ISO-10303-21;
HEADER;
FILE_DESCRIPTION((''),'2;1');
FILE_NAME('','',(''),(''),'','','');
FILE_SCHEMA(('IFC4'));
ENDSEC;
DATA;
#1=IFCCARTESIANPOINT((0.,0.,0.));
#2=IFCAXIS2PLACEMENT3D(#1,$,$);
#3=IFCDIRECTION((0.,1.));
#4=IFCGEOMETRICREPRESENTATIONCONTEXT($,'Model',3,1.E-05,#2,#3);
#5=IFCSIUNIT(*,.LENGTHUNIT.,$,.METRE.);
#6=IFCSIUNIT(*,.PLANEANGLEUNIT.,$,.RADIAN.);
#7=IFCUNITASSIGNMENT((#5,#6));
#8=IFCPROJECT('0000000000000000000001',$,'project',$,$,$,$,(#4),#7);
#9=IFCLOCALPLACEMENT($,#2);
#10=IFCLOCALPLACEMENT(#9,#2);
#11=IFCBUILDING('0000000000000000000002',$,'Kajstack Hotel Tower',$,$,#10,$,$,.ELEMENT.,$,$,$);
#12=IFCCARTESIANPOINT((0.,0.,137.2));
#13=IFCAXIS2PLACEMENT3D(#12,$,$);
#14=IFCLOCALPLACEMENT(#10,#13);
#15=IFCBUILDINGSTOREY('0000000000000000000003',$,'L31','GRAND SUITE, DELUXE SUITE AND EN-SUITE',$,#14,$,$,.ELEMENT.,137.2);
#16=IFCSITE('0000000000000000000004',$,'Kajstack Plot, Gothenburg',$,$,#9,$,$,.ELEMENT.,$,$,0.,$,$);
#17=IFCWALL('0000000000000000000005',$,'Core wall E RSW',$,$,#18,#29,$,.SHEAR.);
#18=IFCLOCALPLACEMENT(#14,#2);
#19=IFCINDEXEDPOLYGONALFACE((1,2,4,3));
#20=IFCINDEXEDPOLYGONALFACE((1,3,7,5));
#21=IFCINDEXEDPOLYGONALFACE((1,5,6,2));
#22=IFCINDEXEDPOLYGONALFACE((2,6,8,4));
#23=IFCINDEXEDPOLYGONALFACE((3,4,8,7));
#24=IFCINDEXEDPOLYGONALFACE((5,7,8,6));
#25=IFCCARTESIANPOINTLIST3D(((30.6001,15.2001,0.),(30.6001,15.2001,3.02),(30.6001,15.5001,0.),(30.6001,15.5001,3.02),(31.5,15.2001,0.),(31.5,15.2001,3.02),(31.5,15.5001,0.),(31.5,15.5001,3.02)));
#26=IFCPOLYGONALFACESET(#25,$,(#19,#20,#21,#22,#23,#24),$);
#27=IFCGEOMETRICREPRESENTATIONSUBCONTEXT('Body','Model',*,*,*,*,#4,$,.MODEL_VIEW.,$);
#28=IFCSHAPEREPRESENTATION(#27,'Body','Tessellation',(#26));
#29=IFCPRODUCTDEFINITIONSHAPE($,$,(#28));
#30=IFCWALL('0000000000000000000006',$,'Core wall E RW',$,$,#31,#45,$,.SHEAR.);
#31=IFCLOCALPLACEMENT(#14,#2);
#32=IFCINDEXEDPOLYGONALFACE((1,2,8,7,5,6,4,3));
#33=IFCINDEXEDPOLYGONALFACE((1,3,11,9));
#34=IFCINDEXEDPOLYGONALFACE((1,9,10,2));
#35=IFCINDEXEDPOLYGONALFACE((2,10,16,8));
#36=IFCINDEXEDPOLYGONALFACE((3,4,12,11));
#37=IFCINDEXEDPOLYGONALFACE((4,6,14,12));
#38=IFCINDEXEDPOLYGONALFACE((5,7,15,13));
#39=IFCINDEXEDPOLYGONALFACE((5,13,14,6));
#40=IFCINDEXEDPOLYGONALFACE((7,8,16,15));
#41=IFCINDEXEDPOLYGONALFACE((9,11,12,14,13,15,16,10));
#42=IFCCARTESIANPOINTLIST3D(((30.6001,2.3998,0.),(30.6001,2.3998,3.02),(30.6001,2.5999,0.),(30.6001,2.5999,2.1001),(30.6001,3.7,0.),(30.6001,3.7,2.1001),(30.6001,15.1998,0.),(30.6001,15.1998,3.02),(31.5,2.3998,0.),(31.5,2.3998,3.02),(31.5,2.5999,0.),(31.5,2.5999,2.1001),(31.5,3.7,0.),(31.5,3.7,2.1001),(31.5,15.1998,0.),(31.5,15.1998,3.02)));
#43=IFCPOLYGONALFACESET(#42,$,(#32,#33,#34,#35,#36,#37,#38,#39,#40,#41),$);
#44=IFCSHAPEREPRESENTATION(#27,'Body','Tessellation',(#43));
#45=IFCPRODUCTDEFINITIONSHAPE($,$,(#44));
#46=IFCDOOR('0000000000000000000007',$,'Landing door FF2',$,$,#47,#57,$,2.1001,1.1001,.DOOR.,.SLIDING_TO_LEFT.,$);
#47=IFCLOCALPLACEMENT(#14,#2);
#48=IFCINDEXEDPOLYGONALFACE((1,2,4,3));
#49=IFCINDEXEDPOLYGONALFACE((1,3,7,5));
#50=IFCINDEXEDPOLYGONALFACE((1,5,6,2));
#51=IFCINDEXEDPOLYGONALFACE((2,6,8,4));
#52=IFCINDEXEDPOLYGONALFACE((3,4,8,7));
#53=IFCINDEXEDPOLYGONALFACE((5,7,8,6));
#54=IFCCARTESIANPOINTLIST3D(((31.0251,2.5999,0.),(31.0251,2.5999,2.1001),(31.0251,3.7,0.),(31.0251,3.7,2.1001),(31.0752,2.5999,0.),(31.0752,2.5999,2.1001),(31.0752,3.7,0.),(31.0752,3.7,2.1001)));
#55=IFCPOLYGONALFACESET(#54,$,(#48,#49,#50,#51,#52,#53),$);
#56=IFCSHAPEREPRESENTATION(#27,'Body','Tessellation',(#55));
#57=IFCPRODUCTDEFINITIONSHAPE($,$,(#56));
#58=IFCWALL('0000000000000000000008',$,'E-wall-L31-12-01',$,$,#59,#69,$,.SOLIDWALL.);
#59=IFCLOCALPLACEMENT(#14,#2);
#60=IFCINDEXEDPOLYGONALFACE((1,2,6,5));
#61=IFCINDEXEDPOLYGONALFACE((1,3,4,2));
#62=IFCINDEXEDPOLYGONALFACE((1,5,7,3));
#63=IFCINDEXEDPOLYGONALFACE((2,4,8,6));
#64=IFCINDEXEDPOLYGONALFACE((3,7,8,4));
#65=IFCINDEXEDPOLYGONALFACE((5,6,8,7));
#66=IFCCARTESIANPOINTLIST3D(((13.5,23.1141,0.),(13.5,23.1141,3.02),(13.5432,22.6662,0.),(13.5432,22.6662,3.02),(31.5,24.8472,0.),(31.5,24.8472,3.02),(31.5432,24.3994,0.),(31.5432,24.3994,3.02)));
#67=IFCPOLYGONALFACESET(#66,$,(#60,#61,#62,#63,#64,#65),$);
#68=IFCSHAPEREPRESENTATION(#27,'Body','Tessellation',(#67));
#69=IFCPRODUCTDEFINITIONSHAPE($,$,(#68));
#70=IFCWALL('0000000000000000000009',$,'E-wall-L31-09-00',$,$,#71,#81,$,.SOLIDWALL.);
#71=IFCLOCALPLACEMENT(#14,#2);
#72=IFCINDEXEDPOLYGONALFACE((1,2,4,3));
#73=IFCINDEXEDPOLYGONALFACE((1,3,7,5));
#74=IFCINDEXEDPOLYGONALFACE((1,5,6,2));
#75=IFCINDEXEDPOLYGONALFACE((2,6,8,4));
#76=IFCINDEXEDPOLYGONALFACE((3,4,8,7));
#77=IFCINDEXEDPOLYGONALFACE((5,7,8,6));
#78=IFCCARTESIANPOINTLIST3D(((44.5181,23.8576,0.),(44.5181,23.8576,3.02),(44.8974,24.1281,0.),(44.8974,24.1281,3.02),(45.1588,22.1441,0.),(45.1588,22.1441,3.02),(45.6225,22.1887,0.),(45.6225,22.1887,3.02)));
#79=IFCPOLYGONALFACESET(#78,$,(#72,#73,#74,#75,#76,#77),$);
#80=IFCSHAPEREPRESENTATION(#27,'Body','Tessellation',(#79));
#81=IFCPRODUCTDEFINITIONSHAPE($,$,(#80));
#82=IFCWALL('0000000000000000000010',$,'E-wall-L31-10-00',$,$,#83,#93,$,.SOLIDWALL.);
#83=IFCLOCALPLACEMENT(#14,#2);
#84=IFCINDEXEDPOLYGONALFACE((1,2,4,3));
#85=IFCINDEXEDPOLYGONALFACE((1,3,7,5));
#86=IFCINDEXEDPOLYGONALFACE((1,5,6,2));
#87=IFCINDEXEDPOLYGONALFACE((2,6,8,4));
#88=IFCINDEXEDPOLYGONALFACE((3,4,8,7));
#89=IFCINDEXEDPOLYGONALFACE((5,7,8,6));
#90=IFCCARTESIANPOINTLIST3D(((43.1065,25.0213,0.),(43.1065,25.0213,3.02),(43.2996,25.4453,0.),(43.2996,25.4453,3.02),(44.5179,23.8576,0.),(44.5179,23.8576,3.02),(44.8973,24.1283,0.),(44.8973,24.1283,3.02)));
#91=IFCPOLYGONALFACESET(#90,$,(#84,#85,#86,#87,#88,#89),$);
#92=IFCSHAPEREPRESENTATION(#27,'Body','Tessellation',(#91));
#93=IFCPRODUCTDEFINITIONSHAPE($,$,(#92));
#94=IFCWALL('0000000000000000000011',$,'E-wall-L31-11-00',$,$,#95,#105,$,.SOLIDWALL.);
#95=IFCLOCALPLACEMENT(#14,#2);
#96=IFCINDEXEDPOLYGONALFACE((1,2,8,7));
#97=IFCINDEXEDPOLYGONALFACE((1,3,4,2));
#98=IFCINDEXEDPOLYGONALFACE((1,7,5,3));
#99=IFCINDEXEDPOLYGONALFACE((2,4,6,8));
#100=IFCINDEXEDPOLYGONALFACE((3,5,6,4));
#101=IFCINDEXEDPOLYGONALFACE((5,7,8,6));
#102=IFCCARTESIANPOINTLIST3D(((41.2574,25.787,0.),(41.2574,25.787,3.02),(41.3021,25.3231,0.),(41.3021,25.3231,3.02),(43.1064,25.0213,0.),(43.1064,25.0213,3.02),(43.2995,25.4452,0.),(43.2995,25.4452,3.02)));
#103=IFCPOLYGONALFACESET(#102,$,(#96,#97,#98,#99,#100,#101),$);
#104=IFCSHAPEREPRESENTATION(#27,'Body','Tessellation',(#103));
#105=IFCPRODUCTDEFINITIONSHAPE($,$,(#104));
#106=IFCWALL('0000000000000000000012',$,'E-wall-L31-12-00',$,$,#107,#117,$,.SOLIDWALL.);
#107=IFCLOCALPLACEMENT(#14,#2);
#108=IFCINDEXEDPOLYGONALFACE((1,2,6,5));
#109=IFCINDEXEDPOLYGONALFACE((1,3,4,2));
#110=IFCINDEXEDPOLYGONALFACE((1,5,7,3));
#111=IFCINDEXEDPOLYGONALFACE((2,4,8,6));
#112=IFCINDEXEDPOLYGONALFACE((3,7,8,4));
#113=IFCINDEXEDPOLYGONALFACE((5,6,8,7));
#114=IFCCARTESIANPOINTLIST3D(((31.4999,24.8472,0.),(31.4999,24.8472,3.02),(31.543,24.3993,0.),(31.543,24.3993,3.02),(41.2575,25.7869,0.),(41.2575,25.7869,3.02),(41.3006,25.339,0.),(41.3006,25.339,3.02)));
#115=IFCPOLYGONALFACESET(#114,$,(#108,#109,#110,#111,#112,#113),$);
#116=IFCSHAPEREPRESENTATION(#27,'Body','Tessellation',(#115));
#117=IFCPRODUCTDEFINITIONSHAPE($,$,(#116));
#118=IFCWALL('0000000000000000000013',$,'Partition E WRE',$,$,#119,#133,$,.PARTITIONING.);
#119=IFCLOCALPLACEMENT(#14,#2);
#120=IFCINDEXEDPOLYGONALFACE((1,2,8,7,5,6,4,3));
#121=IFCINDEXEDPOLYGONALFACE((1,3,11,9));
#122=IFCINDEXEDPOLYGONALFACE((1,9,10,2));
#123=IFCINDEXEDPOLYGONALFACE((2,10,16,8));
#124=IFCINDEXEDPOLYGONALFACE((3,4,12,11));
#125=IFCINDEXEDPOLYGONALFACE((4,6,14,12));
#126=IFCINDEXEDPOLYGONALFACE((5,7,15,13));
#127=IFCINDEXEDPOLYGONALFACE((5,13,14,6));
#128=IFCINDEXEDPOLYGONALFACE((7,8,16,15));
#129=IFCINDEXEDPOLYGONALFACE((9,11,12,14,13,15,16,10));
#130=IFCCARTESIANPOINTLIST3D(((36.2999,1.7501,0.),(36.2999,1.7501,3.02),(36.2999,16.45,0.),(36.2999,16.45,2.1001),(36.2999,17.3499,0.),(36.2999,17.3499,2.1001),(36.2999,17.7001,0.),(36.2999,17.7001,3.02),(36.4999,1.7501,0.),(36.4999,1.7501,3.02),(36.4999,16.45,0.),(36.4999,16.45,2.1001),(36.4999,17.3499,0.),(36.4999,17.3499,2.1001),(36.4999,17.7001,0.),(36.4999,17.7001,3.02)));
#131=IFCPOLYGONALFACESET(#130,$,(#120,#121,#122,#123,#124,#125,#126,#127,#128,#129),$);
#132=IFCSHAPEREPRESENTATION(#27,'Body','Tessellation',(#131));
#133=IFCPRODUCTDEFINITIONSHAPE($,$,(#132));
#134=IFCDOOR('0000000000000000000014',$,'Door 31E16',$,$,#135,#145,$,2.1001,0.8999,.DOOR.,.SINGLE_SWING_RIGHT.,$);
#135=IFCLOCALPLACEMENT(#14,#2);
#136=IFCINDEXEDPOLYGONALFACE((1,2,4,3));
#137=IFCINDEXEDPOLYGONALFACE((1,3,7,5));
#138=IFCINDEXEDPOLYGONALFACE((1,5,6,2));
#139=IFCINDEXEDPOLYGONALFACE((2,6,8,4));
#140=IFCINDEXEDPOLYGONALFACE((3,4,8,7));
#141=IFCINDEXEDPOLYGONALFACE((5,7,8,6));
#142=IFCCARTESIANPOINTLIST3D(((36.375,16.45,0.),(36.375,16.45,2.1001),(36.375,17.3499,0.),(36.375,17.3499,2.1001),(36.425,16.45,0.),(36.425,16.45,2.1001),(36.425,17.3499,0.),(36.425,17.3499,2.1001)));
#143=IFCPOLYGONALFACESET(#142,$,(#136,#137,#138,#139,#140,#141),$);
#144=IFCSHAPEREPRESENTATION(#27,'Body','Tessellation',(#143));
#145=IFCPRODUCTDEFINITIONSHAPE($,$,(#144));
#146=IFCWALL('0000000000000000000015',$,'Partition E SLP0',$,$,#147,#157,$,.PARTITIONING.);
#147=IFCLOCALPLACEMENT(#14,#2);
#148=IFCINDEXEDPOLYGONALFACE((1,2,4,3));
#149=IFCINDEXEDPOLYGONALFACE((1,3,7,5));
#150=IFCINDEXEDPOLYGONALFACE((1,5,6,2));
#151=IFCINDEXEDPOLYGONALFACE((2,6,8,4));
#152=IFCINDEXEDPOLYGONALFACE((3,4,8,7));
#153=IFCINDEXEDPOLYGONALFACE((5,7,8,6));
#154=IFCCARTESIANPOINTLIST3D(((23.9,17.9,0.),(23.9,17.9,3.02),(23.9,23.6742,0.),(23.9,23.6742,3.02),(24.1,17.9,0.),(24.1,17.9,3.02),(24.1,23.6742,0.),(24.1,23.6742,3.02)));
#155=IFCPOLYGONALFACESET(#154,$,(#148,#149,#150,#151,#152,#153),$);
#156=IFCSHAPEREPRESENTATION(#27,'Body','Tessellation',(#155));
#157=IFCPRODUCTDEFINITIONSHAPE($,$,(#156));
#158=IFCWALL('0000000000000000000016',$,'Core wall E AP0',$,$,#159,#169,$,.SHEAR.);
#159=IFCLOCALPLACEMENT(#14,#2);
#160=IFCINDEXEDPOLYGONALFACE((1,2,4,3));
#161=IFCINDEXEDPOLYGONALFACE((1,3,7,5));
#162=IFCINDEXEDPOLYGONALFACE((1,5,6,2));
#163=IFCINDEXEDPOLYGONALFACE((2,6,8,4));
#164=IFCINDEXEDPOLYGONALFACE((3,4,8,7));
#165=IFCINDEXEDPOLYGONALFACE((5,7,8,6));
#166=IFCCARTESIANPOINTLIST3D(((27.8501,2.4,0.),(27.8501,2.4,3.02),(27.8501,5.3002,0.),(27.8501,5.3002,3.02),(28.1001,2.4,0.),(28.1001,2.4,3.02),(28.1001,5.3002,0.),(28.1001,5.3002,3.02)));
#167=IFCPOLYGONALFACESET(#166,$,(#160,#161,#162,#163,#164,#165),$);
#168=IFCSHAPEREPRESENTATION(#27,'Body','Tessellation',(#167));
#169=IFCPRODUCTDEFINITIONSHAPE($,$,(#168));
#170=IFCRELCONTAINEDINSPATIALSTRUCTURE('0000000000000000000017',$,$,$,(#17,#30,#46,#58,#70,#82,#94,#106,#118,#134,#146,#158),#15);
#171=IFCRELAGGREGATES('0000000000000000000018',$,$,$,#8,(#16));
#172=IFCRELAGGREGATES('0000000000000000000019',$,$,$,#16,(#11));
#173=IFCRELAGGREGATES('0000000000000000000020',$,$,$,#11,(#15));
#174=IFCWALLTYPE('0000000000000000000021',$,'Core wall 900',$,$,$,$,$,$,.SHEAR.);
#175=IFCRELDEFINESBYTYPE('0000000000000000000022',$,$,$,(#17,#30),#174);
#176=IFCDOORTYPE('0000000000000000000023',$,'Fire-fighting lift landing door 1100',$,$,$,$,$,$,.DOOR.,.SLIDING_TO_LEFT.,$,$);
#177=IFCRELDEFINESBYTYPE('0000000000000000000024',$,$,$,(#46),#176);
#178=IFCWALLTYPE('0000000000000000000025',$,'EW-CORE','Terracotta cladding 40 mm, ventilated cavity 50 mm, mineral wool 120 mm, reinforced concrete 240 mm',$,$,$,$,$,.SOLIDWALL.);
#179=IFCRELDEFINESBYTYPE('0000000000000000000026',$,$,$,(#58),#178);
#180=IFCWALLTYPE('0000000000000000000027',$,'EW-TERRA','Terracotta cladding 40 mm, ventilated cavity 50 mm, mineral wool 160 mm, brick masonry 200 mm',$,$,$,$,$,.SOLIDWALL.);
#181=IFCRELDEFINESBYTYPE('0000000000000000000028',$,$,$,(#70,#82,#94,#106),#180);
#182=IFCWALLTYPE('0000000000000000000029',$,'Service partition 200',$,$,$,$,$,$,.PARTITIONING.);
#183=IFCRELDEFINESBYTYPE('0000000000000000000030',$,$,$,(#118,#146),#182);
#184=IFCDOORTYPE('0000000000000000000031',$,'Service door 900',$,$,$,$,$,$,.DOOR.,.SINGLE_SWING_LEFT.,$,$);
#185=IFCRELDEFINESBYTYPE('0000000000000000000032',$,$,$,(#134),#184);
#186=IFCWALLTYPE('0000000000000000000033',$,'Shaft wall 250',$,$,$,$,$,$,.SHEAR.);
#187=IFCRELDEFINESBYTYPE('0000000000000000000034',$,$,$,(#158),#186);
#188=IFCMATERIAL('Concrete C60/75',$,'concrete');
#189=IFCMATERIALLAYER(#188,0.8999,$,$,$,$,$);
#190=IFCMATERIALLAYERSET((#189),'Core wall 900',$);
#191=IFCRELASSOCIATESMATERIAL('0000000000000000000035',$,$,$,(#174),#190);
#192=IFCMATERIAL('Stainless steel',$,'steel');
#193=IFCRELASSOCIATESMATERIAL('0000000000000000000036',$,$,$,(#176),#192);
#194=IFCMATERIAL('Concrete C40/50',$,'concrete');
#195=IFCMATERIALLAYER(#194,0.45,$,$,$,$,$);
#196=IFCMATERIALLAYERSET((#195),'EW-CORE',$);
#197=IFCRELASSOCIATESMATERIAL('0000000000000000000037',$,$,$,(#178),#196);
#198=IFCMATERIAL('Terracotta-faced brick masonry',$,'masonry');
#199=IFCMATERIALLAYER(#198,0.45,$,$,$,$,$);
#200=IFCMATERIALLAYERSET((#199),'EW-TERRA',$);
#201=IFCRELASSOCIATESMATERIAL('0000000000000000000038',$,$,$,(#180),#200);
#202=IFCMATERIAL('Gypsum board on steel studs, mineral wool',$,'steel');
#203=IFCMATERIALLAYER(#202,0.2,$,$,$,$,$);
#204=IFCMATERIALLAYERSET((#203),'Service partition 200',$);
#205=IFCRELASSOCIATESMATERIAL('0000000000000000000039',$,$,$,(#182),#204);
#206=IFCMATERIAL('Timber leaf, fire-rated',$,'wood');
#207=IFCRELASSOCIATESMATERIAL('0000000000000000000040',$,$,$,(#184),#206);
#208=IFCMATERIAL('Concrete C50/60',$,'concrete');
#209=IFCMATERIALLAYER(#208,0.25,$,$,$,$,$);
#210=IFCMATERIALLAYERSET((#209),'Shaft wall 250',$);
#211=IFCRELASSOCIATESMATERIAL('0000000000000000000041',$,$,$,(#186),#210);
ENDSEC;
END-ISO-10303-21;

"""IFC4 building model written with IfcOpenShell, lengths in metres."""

from ifc_helpers import new_model, si_unit, direction, frame, frame_2d, origin, place, context, subcontext, project, spatial, polyline, rectangle, outline, extrude, material, layer, layer_set, type_object, element, fill, save


model = new_model("IFC4")

# Units and contexts
model_context = context("Model", 3, precision=1e-05, world=origin(), true_north=direction((0.0, 1.0)))
body_context = subcontext(model_context, "Body", "Model", "MODEL_VIEW")
ifc_project = project(units=[si_unit("LENGTHUNIT", "METRE"), si_unit("PLANEANGLEUNIT", "RADIAN")], contexts=[model_context])

# Site, building, storey
site_placement = place(None, origin())
site = spatial("IfcSite", under=ifc_project, at=site_placement, Name="Kajstack Plot, Gothenburg", CompositionType="ELEMENT", RefElevation=0.0)
building_placement = place(site_placement, origin())
building = spatial("IfcBuilding", under=site, at=building_placement, Name="Kajstack Hotel Tower", CompositionType="ELEMENT")
storey_placement = place(building_placement, frame((0.0, 0.0, 137.2)))
storey = spatial("IfcBuildingStorey", under=building, at=storey_placement, Name="L31", Description="GRAND SUITE, DELUXE SUITE AND EN-SUITE", CompositionType="ELEMENT", Elevation=137.2)

# Wall
ifc_material_1 = material(Name="Concrete C60/75", Category="concrete")
ifc_layer_1 = layer(ifc_material_1, 0.8999)
ifc_layer_set_1 = layer_set([ifc_layer_1], Name="Core wall 900")
wall_type_1 = type_object("IfcWallType", Name="Core wall 900", PredefinedType="SHEAR", material=ifc_layer_set_1)
wall_1_placement = place(storey_placement, frame((30.6001, 15.3501, 0.0), z_axis=(0.0, 0.0, 1.0), x_axis=(1.0, 0.0, 0.0)))
element("IfcWall", 1, at=wall_1_placement, inside=storey, type_object=wall_type_1, Name="Core wall E RSW", PredefinedType="SHEAR", context=body_context, shape_type="SweptSolid", body=[
    extrude(rectangle(XDim=0.8999, YDim=0.3, at=frame_2d((0.45, 0.0))), origin(), (0.0, 0.0, 1.0), 3.02),
])

# Wall, opening, door
wall_2_placement = place(storey_placement, frame((31.05, 2.3999, 0.0), z_axis=(0.0, 0.0, 1.0), x_axis=(0.0, 1.0, 0.0)))
wall_2 = element("IfcWall", 2, at=wall_2_placement, inside=storey, type_object=wall_type_1, Name="Core wall E RW", PredefinedType="SHEAR", context=body_context, shape_type="SweptSolid", body=[
    extrude(rectangle(XDim=12.8, YDim=0.8999, at=frame_2d((6.3999, 0.0))), origin(), (0.0, 0.0, 1.0), 3.02),
])
opening_1_placement = place(wall_2_placement, frame((0.2, 0.0, 0.0)))
opening_1 = element("IfcOpeningElement", 3, at=opening_1_placement, cuts=wall_2, PredefinedType="OPENING", context=body_context, shape_type="SweptSolid", body=[
    extrude(rectangle(XDim=1.1001, YDim=2.1001, at=frame_2d((0.55, 1.05))), frame((0.0, 0.46, 0.0), z_axis=(0.0, -1.0, 0.0), x_axis=(1.0, 0.0, 0.0)), (0.0, 0.0, 1.0), 0.9199),
])
ifc_material_2 = material(Name="Stainless steel", Category="steel")
door_type_1 = type_object("IfcDoorType", Name="Fire-fighting lift landing door 1100", OperationType="SLIDING_TO_LEFT", PredefinedType="DOOR", material=ifc_material_2)
door_1_placement = place(opening_1_placement, origin())
door_1 = element("IfcDoor", 4, at=door_1_placement, inside=storey, type_object=door_type_1, Name="Landing door FF2", OperationType="SLIDING_TO_LEFT", OverallHeight=2.1001, OverallWidth=1.1001, PredefinedType="DOOR", context=body_context, shape_type="SweptSolid", body=[
    extrude(rectangle(XDim=1.1001, YDim=2.1001, at=frame_2d((0.55, 1.05))), frame((0.0, 0.0249, 0.0), z_axis=(0.0, -1.0, 0.0), x_axis=(1.0, 0.0, 0.0)), (0.0, 0.0, 1.0), 0.05),
])
fill(opening_1, door_1)

# Walls
ifc_material_3 = material(Name="Concrete C40/50", Category="concrete")
ifc_layer_2 = layer(ifc_material_3, 0.45)
ifc_layer_set_2 = layer_set([ifc_layer_2], Name="EW-CORE")
wall_type_2 = type_object("IfcWallType", Name="EW-CORE", Description="Terracotta cladding 40 mm, ventilated cavity 50 mm, mineral wool 120 mm, reinforced concrete 240 mm", PredefinedType="SOLIDWALL", material=ifc_layer_set_2)
wall_3_placement = place(storey_placement, frame((31.5215, 24.6233, 0.0), z_axis=(0.0, 0.0, 1.0), x_axis=(-0.995396, -0.095843, 0.0)))
element("IfcWall", 5, at=wall_3_placement, inside=storey, type_object=wall_type_2, Name="E-wall-L31-12-01", PredefinedType="SOLIDWALL", context=body_context, shape_type="SweptSolid", body=[
    extrude(rectangle(XDim=18.0833, YDim=0.45, at=frame_2d((9.0415, 0.0))), origin(), (0.0, 0.0, 1.0), 3.02),
])
ifc_material_4 = material(Name="Terracotta-faced brick masonry", Category="masonry")
ifc_layer_3 = layer(ifc_material_4, 0.45)
ifc_layer_set_3 = layer_set([ifc_layer_3], Name="EW-TERRA")
wall_type_3 = type_object("IfcWallType", Name="EW-TERRA", Description="Terracotta cladding 40 mm, ventilated cavity 50 mm, mineral wool 160 mm, brick masonry 200 mm", PredefinedType="SOLIDWALL", material=ifc_layer_set_3)
wall_4_placement = place(storey_placement, frame((45.4116, 22.1099, 0.0), z_axis=(0.0, 0.0, 1.0), x_axis=(-0.350193, 0.936678, 0.0)))
element("IfcWall", 6, at=wall_4_placement, inside=storey, type_object=wall_type_3, Name="E-wall-L31-09-00", PredefinedType="SOLIDWALL", context=body_context, shape_type="SweptSolid", body=[
    extrude(outline(polyline([(0.0, -0.2251), (2.0706, -0.2251), (1.95, 0.2249), (0.1206, 0.2249), (0.0, -0.2251)])), origin(), (0.0, 0.0, 1.0), 3.02),
])
wall_5_placement = place(storey_placement, frame((44.7542, 23.9546, 0.0), z_axis=(0.0, 0.0, 1.0), x_axis=(-0.771651, 0.636046, 0.0)))
element("IfcWall", 7, at=wall_5_placement, inside=storey, type_object=wall_type_3, Name="E-wall-L31-10-00", PredefinedType="SOLIDWALL", context=body_context, shape_type="SweptSolid", body=[
    extrude(outline(polyline([(0.0, -0.2251), (2.0706, -0.2251), (1.95, 0.2249), (0.1206, 0.2251), (0.0, -0.2251)])), origin(), (0.0, 0.0, 1.0), 3.02),
])
wall_6_placement = place(storey_placement, frame((43.2625, 25.2234, 0.0), z_axis=(0.0, 0.0, 1.0), x_axis=(-0.986298, 0.164973, 0.0)))
element("IfcWall", 8, at=wall_6_placement, inside=storey, type_object=wall_type_3, Name="E-wall-L31-11-00", PredefinedType="SOLIDWALL", context=body_context, shape_type="SweptSolid", body=[
    extrude(outline(polyline([(0.0, -0.2249), (2.0706, -0.2251), (1.95, 0.2251), (0.1206, 0.2251), (0.0, -0.2249)])), origin(), (0.0, 0.0, 1.0), 3.02),
])
wall_7_placement = place(storey_placement, frame((41.2791, 25.563, 0.0), z_axis=(0.0, 0.0, 1.0), x_axis=(-0.995395, -0.095861, 0.0)))
element("IfcWall", 9, at=wall_7_placement, inside=storey, type_object=wall_type_3, Name="E-wall-L31-12-00", PredefinedType="SOLIDWALL", context=body_context, shape_type="SweptSolid", body=[
    extrude(rectangle(XDim=9.8027, YDim=0.45, at=frame_2d((4.9014, 0.0))), origin(), (0.0, 0.0, 1.0), 3.02),
])

# Wall, opening, door
ifc_material_5 = material(Name="Gypsum board on steel studs, mineral wool", Category="steel")
ifc_layer_4 = layer(ifc_material_5, 0.2)
ifc_layer_set_4 = layer_set([ifc_layer_4], Name="Service partition 200")
wall_type_4 = type_object("IfcWallType", Name="Service partition 200", PredefinedType="PARTITIONING", material=ifc_layer_set_4)
wall_8_placement = place(storey_placement, frame((36.3999, 1.75, 0.0), z_axis=(0.0, 0.0, 1.0), x_axis=(0.0, 1.0, 0.0)))
wall_8 = element("IfcWall", 10, at=wall_8_placement, inside=storey, type_object=wall_type_4, Name="Partition E WRE", PredefinedType="PARTITIONING", context=body_context, shape_type="SweptSolid", body=[
    extrude(rectangle(XDim=15.95, YDim=0.2, at=frame_2d((7.9751, 0.0))), origin(), (0.0, 0.0, 1.0), 3.02),
])
opening_2_placement = place(wall_8_placement, frame((14.7, 0.0, 0.0)))
opening_2 = element("IfcOpeningElement", 11, at=opening_2_placement, cuts=wall_8, PredefinedType="OPENING", context=body_context, shape_type="SweptSolid", body=[
    extrude(rectangle(XDim=0.8999, YDim=2.1001, at=frame_2d((0.45, 1.05))), frame((0.0, 0.1099, 0.0), z_axis=(0.0, -1.0, 0.0), x_axis=(1.0, 0.0, 0.0)), (0.0, 0.0, 1.0), 0.22),
])
ifc_material_6 = material(Name="Timber leaf, fire-rated", Category="wood")
door_type_2 = type_object("IfcDoorType", Name="Service door 900", OperationType="SINGLE_SWING_LEFT", PredefinedType="DOOR", material=ifc_material_6)
door_2_placement = place(opening_2_placement, origin())
door_2 = element("IfcDoor", 12, at=door_2_placement, inside=storey, type_object=door_type_2, Name="Door 31E16", OperationType="SINGLE_SWING_RIGHT", OverallHeight=2.1001, OverallWidth=0.8999, PredefinedType="DOOR", context=body_context, shape_type="SweptSolid", body=[
    extrude(rectangle(XDim=0.8999, YDim=2.1001, at=frame_2d((0.45, 1.05))), frame((0.0, 0.0249, 0.0), z_axis=(0.0, -1.0, 0.0), x_axis=(1.0, 0.0, 0.0)), (0.0, 0.0, 1.0), 0.05),
])
fill(opening_2, door_2)

# Walls
wall_9_placement = place(storey_placement, frame((24.0, 17.8999, 0.0), z_axis=(0.0, 0.0, 1.0), x_axis=(0.0, 1.0, 0.0)))
element("IfcWall", 13, at=wall_9_placement, inside=storey, type_object=wall_type_4, Name="Partition E SLP0", PredefinedType="PARTITIONING", context=body_context, shape_type="SweptSolid", body=[
    extrude(rectangle(XDim=5.7742, YDim=0.2, at=frame_2d((2.8872, 0.0))), origin(), (0.0, 0.0, 1.0), 3.02),
])
ifc_material_7 = material(Name="Concrete C50/60", Category="concrete")
ifc_layer_5 = layer(ifc_material_7, 0.25)
ifc_layer_set_5 = layer_set([ifc_layer_5], Name="Shaft wall 250")
wall_type_5 = type_object("IfcWallType", Name="Shaft wall 250", PredefinedType="SHEAR", material=ifc_layer_set_5)
wall_10_placement = place(storey_placement, frame((27.9751, 2.3999, 0.0), z_axis=(0.0, 0.0, 1.0), x_axis=(0.0, 1.0, 0.0)))
element("IfcWall", 14, at=wall_10_placement, inside=storey, type_object=wall_type_5, Name="Core wall E AP0", PredefinedType="SHEAR", context=body_context, shape_type="SweptSolid", body=[
    extrude(rectangle(XDim=2.9001, YDim=0.25, at=frame_2d((1.4502, 0.0))), origin(), (0.0, 0.0, 1.0), 3.02),
])

save(model, "model.ifc")
